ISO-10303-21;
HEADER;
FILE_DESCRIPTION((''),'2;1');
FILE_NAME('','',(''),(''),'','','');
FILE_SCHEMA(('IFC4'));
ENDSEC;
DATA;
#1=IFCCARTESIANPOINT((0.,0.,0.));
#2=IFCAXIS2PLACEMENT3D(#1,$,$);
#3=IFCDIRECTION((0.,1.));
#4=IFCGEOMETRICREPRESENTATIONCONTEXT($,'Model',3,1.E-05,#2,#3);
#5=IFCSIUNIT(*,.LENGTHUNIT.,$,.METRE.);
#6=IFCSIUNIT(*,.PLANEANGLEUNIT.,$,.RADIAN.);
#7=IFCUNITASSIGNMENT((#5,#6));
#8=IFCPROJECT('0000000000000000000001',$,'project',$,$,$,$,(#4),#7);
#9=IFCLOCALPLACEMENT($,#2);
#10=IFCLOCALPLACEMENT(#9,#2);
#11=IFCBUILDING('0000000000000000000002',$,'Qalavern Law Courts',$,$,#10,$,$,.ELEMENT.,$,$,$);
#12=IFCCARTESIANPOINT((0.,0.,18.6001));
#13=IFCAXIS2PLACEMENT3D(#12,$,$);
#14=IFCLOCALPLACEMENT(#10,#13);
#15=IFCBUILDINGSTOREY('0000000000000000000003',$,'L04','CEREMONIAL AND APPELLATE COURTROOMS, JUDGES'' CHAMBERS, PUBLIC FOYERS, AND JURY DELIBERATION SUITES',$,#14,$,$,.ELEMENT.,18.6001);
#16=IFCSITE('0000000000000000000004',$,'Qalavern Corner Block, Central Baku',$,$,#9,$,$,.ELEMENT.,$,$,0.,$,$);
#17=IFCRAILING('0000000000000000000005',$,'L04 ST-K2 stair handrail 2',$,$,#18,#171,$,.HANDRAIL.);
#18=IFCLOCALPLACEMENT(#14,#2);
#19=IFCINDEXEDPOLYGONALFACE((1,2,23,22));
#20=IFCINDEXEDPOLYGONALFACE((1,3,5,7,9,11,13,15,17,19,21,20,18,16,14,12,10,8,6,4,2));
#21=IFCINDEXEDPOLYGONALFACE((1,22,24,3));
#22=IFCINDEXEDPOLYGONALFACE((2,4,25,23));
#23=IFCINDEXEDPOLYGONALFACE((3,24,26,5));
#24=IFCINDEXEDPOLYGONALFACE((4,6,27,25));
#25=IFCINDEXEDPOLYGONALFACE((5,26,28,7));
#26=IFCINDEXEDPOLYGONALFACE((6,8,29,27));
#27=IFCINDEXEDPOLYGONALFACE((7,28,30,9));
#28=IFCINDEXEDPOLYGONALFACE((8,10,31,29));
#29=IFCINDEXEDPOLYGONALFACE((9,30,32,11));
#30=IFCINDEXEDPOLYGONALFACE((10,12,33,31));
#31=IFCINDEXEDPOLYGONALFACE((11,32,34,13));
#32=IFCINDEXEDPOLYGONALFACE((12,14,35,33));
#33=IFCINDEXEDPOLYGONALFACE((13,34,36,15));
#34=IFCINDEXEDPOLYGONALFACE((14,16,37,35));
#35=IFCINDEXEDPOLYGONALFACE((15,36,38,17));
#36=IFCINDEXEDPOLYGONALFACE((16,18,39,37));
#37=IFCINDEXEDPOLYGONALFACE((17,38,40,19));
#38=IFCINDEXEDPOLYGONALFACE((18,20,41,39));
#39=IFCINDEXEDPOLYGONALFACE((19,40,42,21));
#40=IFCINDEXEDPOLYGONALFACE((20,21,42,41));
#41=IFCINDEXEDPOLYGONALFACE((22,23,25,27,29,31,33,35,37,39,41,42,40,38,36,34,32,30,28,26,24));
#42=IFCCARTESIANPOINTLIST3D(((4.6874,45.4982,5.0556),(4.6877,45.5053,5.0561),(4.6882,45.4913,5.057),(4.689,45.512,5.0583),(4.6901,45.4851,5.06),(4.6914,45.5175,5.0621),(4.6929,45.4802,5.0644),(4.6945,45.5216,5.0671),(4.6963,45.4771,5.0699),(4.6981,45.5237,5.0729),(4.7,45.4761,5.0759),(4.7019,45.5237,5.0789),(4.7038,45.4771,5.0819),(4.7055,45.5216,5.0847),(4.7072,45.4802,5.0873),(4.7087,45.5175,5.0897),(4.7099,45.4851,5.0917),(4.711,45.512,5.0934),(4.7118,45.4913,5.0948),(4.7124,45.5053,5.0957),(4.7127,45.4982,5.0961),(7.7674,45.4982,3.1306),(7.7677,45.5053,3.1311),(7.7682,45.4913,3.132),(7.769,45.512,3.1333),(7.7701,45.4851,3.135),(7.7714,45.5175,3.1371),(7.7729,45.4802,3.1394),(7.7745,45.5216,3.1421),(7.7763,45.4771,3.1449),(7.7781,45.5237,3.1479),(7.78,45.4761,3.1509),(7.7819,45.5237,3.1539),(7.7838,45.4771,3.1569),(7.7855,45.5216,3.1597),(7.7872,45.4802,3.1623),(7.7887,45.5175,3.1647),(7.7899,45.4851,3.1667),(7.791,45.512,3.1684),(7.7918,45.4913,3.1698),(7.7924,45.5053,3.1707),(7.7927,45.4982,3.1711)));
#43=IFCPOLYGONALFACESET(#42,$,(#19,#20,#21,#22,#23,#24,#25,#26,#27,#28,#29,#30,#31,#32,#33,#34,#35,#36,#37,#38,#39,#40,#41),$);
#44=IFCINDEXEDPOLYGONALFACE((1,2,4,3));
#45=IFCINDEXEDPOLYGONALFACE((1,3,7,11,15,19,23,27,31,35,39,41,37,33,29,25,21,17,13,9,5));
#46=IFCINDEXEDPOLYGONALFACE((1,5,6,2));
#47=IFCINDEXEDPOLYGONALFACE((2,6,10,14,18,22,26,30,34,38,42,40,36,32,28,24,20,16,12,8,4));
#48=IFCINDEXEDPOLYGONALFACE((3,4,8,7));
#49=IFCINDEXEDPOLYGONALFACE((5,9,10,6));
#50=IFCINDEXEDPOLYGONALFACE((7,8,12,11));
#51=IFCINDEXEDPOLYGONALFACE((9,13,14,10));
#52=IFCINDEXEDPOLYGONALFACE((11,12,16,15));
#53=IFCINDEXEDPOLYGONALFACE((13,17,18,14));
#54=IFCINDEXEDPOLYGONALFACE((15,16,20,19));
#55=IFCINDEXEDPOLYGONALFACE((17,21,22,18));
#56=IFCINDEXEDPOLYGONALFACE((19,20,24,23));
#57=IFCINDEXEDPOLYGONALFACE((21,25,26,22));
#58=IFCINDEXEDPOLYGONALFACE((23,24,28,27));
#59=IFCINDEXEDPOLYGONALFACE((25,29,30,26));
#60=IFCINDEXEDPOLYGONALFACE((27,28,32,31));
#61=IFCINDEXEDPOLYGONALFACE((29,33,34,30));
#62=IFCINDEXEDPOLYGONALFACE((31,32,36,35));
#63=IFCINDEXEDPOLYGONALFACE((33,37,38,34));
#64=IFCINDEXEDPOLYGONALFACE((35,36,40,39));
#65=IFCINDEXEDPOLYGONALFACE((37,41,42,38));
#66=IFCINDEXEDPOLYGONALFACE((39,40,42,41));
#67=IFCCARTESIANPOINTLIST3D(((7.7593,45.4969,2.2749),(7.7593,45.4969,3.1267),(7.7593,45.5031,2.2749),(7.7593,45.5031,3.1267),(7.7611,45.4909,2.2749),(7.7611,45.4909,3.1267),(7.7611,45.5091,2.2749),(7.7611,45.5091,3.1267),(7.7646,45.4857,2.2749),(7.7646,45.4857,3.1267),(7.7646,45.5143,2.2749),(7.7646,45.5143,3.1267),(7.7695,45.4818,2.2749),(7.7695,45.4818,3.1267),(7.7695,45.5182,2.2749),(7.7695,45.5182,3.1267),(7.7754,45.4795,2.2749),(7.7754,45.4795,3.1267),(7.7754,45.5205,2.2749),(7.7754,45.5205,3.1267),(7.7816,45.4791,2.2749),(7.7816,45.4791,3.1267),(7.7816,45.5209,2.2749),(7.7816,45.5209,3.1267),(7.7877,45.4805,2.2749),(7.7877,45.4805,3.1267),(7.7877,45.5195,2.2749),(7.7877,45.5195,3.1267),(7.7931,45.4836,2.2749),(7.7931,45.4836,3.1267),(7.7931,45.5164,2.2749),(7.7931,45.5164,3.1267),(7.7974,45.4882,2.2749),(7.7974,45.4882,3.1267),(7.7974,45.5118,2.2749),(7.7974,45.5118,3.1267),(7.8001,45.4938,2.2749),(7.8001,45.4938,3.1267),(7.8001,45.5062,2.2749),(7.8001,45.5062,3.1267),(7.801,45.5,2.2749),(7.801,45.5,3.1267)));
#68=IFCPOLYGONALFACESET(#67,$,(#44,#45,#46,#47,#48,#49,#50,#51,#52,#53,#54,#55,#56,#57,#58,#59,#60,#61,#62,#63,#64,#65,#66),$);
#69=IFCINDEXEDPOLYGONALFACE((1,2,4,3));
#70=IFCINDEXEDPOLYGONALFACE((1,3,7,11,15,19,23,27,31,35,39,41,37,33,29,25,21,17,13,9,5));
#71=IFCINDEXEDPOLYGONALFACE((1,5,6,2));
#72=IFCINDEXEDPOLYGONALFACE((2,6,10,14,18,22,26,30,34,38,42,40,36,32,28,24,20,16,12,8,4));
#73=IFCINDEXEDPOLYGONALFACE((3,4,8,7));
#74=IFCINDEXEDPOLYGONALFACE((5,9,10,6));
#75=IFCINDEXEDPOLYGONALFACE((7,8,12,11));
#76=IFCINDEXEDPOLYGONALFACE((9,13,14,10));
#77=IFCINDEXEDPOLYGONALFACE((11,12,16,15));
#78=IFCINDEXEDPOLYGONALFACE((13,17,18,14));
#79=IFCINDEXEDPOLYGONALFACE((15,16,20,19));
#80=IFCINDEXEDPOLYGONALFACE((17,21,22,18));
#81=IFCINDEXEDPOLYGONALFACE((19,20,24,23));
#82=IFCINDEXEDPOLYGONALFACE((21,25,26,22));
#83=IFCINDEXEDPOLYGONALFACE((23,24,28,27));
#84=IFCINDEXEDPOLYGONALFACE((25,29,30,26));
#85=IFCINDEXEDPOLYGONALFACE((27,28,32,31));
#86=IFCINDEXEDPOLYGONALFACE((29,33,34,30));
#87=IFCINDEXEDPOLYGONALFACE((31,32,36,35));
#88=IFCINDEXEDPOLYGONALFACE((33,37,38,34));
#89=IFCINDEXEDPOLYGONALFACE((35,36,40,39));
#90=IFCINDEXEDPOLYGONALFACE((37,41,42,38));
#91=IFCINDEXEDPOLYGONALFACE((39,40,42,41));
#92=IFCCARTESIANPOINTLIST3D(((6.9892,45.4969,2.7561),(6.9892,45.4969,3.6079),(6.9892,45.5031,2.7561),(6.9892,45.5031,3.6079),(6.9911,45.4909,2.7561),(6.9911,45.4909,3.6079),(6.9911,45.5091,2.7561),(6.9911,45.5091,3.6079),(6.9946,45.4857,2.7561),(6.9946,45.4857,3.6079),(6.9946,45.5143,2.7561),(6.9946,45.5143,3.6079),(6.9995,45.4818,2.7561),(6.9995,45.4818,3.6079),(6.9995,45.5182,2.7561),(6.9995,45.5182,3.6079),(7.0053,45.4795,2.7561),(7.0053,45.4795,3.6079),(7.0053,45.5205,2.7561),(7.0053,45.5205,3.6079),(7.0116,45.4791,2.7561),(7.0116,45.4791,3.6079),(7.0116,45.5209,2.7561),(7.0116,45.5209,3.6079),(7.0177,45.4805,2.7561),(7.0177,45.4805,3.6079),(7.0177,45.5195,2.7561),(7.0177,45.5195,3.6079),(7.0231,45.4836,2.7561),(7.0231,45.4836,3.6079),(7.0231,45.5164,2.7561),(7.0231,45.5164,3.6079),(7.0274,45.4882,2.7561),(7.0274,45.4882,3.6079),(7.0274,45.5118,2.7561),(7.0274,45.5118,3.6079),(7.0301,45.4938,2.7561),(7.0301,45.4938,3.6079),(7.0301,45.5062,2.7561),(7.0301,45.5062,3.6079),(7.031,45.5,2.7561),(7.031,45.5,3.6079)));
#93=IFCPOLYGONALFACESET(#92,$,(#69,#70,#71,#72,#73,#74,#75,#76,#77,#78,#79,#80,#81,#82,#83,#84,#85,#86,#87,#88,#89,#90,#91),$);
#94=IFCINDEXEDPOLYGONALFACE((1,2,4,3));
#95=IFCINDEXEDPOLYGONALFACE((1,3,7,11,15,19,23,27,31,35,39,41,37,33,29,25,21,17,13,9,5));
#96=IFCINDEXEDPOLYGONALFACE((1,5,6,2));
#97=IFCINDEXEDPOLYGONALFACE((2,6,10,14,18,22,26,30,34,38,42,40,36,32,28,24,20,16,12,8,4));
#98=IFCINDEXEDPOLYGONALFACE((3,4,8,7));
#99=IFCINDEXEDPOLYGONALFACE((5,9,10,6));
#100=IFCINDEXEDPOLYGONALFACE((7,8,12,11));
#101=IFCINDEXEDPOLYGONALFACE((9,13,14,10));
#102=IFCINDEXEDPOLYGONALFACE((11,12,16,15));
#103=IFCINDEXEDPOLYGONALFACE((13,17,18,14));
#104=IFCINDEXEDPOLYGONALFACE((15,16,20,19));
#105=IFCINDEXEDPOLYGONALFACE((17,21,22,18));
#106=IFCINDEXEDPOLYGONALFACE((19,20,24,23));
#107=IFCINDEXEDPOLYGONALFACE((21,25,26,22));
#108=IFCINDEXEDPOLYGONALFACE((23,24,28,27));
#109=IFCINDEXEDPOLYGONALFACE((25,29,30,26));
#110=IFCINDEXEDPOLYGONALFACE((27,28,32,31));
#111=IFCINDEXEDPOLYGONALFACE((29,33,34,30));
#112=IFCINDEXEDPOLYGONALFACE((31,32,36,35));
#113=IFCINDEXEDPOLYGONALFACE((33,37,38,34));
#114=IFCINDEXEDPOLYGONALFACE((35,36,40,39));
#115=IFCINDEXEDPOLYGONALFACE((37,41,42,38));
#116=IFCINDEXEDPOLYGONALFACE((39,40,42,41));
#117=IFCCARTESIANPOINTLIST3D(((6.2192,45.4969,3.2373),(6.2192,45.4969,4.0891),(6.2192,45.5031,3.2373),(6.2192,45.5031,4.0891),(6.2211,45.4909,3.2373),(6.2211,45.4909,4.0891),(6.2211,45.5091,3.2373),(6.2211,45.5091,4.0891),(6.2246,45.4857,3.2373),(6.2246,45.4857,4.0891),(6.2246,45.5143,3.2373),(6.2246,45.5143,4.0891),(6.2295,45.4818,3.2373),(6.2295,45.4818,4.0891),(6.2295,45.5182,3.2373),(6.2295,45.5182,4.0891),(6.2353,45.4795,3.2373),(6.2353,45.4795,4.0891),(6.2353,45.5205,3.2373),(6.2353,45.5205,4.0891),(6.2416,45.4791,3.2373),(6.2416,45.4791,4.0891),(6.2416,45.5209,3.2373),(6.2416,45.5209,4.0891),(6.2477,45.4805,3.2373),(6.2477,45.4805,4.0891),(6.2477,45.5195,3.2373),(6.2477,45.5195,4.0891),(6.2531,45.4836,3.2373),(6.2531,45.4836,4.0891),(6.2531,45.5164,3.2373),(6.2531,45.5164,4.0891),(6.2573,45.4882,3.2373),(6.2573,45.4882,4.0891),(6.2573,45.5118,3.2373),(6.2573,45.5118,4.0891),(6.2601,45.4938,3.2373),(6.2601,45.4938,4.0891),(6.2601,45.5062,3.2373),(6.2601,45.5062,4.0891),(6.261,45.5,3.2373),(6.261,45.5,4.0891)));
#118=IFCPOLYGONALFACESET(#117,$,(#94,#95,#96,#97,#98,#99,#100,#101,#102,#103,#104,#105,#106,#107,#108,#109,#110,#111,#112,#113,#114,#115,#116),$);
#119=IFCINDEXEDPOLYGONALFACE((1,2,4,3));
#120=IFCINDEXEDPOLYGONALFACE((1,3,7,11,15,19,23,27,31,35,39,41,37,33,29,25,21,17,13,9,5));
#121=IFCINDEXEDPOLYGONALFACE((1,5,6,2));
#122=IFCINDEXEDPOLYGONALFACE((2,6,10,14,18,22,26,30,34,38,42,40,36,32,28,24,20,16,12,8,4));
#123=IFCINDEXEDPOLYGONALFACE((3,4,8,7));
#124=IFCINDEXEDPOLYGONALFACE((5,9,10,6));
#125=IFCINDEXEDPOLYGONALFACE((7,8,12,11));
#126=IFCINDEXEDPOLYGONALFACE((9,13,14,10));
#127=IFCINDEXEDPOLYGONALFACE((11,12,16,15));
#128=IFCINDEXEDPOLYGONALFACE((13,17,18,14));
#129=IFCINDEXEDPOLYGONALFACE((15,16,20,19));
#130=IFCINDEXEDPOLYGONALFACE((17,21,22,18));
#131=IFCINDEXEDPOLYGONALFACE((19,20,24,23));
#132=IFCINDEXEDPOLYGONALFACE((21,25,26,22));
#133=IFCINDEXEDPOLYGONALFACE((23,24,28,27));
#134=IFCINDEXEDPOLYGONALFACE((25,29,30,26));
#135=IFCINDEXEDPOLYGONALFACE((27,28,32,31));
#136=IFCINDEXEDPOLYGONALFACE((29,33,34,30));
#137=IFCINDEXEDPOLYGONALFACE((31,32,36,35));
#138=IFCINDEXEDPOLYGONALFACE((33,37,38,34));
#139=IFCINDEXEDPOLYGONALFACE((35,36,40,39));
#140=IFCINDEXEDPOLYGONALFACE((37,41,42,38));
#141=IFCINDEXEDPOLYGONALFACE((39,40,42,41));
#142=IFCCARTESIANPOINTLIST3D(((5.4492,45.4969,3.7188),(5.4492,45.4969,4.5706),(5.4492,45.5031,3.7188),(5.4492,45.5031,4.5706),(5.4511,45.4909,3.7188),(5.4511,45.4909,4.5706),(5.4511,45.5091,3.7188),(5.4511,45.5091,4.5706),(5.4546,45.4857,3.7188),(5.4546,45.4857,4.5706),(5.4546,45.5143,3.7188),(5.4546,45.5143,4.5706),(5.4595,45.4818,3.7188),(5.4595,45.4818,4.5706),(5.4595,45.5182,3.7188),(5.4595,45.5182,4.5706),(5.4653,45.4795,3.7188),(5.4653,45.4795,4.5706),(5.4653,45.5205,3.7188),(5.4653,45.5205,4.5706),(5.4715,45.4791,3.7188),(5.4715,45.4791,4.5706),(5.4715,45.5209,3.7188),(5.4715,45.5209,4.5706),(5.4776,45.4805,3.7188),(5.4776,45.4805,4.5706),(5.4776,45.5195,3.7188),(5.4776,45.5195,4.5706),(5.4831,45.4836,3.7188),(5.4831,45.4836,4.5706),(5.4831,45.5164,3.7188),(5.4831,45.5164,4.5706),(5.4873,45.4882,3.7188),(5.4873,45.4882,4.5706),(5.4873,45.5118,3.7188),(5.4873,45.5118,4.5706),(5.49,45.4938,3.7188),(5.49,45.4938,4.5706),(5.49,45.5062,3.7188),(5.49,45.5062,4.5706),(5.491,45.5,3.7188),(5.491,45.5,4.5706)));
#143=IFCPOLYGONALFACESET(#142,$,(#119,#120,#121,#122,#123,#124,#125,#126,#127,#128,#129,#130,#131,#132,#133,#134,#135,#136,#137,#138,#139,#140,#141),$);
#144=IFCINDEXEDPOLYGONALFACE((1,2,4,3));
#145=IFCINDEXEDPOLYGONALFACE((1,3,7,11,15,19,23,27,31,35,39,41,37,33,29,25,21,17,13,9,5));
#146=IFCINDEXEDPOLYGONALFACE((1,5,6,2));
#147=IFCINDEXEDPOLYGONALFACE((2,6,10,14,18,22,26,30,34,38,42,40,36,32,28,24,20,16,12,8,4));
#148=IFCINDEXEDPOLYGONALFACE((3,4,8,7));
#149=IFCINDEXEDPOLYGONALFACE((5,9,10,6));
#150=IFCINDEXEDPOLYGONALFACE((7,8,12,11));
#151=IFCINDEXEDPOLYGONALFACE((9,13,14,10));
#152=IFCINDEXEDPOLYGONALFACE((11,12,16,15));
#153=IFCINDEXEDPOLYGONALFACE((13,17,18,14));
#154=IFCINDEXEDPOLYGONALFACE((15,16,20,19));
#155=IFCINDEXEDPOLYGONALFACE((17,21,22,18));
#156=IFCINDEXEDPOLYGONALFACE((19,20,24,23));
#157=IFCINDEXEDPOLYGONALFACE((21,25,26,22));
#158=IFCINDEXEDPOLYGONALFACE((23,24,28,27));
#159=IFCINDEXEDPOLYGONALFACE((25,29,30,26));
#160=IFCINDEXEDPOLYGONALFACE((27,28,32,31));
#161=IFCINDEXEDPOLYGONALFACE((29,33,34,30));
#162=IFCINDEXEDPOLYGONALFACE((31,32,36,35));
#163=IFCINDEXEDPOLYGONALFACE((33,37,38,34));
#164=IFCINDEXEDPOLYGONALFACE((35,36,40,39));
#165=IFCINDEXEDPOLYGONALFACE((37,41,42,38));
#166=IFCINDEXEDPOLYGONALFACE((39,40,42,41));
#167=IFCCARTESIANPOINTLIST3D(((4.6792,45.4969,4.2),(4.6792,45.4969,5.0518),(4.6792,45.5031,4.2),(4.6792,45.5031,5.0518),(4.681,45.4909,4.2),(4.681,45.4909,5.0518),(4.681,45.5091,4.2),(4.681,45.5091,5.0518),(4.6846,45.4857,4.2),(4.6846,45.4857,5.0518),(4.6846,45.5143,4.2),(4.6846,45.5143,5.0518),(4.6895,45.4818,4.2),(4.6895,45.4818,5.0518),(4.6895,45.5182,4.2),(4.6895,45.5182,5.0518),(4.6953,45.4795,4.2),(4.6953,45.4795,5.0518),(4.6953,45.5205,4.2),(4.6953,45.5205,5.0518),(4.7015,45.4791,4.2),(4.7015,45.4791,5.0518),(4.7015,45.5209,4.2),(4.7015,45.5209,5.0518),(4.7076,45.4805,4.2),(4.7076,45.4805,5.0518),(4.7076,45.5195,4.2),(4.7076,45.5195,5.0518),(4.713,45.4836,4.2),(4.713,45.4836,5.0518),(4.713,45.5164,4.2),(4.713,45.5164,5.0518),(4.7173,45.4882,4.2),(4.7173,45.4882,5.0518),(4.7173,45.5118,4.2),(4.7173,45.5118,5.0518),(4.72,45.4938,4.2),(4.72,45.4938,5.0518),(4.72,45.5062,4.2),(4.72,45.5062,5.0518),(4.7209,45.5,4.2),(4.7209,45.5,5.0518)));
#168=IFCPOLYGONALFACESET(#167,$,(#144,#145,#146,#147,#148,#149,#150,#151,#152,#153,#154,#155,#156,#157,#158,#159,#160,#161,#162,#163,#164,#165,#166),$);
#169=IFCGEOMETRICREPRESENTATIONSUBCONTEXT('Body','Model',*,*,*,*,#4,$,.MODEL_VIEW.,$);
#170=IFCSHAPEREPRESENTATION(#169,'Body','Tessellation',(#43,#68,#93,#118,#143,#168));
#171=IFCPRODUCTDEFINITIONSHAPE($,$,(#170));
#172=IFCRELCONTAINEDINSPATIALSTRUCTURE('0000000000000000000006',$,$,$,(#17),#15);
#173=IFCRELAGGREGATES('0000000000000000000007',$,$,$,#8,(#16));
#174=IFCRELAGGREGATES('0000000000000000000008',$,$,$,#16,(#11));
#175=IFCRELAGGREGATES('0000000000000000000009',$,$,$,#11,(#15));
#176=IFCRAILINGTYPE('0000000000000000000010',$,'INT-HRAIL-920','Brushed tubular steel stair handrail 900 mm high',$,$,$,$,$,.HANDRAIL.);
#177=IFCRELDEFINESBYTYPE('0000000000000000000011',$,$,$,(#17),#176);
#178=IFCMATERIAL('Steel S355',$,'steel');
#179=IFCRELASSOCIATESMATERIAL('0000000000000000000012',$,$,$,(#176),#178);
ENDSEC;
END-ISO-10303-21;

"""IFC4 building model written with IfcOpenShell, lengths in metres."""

from ifc_helpers import new_model, si_unit, direction, frame, origin, origin_2d, place, context, subcontext, project, spatial, circle, extrude, material, type_object, element, save


model = new_model("IFC4")

# Units and contexts
model_context = context("Model", 3, precision=1e-05, world=origin(), true_north=direction((0.0, 1.0)))
body_context = subcontext(model_context, "Body", "Model", "MODEL_VIEW")
ifc_project = project(units=[si_unit("LENGTHUNIT", "METRE"), si_unit("PLANEANGLEUNIT", "RADIAN")], contexts=[model_context])

# Site, building, storey
site_placement = place(None, origin())
site = spatial("IfcSite", under=ifc_project, at=site_placement, Name="Qalavern Corner Block, Central Baku", CompositionType="ELEMENT", RefElevation=0.0)
building_placement = place(site_placement, origin())
building = spatial("IfcBuilding", under=site, at=building_placement, Name="Qalavern Law Courts", CompositionType="ELEMENT")
storey_placement = place(building_placement, frame((0.0, 0.0, 18.6001)))
storey = spatial("IfcBuildingStorey", under=building, at=storey_placement, Name="L04", Description="CEREMONIAL AND APPELLATE COURTROOMS, JUDGES' CHAMBERS, PUBLIC FOYERS, AND JURY DELIBERATION SUITES", CompositionType="ELEMENT", Elevation=18.6001)

# Shared definitions
ifc_material_1 = material(Name="Steel S355", Category="steel")

# Railing
railing_type_1 = type_object("IfcRailingType", Name="INT-HRAIL-920", Description="Brushed tubular steel stair handrail 900 mm high", PredefinedType="HANDRAIL", material=ifc_material_1)
railing_1_placement = place(storey_placement, frame((7.78, 45.5, 2.2749)))
element("IfcRailing", 1, at=railing_1_placement, inside=storey, type_object=railing_type_1, Name="L04 ST-K2 stair handrail 2", PredefinedType="HANDRAIL", context=body_context, shape_type="SweptSolid", body=[
    extrude(circle(Radius=0.0239, at=origin_2d()), frame((0.0, 0.0, 0.876), z_axis=(-0.847998, 0.0, 0.529999), x_axis=(0.0, -1.0, 0.0)), (0.0, 0.0, 1.0), 3.6321),
    extrude(circle(Radius=0.021, at=origin_2d()), origin(), (0.0, 0.0, 1.0), 0.8518),
    extrude(circle(Radius=0.021, at=origin_2d()), frame((-0.77, 0.0, 0.4812)), (0.0, 0.0, 1.0), 0.8518),
    extrude(circle(Radius=0.021, at=origin_2d()), frame((-1.54, 0.0, 0.9624)), (0.0, 0.0, 1.0), 0.8518),
    extrude(circle(Radius=0.021, at=origin_2d()), frame((-2.3101, 0.0, 1.4438)), (0.0, 0.0, 1.0), 0.8518),
    extrude(circle(Radius=0.021, at=origin_2d()), frame((-3.0801, 0.0, 1.925)), (0.0, 0.0, 1.0), 0.8518),
])

save(model, "model.ifc")
